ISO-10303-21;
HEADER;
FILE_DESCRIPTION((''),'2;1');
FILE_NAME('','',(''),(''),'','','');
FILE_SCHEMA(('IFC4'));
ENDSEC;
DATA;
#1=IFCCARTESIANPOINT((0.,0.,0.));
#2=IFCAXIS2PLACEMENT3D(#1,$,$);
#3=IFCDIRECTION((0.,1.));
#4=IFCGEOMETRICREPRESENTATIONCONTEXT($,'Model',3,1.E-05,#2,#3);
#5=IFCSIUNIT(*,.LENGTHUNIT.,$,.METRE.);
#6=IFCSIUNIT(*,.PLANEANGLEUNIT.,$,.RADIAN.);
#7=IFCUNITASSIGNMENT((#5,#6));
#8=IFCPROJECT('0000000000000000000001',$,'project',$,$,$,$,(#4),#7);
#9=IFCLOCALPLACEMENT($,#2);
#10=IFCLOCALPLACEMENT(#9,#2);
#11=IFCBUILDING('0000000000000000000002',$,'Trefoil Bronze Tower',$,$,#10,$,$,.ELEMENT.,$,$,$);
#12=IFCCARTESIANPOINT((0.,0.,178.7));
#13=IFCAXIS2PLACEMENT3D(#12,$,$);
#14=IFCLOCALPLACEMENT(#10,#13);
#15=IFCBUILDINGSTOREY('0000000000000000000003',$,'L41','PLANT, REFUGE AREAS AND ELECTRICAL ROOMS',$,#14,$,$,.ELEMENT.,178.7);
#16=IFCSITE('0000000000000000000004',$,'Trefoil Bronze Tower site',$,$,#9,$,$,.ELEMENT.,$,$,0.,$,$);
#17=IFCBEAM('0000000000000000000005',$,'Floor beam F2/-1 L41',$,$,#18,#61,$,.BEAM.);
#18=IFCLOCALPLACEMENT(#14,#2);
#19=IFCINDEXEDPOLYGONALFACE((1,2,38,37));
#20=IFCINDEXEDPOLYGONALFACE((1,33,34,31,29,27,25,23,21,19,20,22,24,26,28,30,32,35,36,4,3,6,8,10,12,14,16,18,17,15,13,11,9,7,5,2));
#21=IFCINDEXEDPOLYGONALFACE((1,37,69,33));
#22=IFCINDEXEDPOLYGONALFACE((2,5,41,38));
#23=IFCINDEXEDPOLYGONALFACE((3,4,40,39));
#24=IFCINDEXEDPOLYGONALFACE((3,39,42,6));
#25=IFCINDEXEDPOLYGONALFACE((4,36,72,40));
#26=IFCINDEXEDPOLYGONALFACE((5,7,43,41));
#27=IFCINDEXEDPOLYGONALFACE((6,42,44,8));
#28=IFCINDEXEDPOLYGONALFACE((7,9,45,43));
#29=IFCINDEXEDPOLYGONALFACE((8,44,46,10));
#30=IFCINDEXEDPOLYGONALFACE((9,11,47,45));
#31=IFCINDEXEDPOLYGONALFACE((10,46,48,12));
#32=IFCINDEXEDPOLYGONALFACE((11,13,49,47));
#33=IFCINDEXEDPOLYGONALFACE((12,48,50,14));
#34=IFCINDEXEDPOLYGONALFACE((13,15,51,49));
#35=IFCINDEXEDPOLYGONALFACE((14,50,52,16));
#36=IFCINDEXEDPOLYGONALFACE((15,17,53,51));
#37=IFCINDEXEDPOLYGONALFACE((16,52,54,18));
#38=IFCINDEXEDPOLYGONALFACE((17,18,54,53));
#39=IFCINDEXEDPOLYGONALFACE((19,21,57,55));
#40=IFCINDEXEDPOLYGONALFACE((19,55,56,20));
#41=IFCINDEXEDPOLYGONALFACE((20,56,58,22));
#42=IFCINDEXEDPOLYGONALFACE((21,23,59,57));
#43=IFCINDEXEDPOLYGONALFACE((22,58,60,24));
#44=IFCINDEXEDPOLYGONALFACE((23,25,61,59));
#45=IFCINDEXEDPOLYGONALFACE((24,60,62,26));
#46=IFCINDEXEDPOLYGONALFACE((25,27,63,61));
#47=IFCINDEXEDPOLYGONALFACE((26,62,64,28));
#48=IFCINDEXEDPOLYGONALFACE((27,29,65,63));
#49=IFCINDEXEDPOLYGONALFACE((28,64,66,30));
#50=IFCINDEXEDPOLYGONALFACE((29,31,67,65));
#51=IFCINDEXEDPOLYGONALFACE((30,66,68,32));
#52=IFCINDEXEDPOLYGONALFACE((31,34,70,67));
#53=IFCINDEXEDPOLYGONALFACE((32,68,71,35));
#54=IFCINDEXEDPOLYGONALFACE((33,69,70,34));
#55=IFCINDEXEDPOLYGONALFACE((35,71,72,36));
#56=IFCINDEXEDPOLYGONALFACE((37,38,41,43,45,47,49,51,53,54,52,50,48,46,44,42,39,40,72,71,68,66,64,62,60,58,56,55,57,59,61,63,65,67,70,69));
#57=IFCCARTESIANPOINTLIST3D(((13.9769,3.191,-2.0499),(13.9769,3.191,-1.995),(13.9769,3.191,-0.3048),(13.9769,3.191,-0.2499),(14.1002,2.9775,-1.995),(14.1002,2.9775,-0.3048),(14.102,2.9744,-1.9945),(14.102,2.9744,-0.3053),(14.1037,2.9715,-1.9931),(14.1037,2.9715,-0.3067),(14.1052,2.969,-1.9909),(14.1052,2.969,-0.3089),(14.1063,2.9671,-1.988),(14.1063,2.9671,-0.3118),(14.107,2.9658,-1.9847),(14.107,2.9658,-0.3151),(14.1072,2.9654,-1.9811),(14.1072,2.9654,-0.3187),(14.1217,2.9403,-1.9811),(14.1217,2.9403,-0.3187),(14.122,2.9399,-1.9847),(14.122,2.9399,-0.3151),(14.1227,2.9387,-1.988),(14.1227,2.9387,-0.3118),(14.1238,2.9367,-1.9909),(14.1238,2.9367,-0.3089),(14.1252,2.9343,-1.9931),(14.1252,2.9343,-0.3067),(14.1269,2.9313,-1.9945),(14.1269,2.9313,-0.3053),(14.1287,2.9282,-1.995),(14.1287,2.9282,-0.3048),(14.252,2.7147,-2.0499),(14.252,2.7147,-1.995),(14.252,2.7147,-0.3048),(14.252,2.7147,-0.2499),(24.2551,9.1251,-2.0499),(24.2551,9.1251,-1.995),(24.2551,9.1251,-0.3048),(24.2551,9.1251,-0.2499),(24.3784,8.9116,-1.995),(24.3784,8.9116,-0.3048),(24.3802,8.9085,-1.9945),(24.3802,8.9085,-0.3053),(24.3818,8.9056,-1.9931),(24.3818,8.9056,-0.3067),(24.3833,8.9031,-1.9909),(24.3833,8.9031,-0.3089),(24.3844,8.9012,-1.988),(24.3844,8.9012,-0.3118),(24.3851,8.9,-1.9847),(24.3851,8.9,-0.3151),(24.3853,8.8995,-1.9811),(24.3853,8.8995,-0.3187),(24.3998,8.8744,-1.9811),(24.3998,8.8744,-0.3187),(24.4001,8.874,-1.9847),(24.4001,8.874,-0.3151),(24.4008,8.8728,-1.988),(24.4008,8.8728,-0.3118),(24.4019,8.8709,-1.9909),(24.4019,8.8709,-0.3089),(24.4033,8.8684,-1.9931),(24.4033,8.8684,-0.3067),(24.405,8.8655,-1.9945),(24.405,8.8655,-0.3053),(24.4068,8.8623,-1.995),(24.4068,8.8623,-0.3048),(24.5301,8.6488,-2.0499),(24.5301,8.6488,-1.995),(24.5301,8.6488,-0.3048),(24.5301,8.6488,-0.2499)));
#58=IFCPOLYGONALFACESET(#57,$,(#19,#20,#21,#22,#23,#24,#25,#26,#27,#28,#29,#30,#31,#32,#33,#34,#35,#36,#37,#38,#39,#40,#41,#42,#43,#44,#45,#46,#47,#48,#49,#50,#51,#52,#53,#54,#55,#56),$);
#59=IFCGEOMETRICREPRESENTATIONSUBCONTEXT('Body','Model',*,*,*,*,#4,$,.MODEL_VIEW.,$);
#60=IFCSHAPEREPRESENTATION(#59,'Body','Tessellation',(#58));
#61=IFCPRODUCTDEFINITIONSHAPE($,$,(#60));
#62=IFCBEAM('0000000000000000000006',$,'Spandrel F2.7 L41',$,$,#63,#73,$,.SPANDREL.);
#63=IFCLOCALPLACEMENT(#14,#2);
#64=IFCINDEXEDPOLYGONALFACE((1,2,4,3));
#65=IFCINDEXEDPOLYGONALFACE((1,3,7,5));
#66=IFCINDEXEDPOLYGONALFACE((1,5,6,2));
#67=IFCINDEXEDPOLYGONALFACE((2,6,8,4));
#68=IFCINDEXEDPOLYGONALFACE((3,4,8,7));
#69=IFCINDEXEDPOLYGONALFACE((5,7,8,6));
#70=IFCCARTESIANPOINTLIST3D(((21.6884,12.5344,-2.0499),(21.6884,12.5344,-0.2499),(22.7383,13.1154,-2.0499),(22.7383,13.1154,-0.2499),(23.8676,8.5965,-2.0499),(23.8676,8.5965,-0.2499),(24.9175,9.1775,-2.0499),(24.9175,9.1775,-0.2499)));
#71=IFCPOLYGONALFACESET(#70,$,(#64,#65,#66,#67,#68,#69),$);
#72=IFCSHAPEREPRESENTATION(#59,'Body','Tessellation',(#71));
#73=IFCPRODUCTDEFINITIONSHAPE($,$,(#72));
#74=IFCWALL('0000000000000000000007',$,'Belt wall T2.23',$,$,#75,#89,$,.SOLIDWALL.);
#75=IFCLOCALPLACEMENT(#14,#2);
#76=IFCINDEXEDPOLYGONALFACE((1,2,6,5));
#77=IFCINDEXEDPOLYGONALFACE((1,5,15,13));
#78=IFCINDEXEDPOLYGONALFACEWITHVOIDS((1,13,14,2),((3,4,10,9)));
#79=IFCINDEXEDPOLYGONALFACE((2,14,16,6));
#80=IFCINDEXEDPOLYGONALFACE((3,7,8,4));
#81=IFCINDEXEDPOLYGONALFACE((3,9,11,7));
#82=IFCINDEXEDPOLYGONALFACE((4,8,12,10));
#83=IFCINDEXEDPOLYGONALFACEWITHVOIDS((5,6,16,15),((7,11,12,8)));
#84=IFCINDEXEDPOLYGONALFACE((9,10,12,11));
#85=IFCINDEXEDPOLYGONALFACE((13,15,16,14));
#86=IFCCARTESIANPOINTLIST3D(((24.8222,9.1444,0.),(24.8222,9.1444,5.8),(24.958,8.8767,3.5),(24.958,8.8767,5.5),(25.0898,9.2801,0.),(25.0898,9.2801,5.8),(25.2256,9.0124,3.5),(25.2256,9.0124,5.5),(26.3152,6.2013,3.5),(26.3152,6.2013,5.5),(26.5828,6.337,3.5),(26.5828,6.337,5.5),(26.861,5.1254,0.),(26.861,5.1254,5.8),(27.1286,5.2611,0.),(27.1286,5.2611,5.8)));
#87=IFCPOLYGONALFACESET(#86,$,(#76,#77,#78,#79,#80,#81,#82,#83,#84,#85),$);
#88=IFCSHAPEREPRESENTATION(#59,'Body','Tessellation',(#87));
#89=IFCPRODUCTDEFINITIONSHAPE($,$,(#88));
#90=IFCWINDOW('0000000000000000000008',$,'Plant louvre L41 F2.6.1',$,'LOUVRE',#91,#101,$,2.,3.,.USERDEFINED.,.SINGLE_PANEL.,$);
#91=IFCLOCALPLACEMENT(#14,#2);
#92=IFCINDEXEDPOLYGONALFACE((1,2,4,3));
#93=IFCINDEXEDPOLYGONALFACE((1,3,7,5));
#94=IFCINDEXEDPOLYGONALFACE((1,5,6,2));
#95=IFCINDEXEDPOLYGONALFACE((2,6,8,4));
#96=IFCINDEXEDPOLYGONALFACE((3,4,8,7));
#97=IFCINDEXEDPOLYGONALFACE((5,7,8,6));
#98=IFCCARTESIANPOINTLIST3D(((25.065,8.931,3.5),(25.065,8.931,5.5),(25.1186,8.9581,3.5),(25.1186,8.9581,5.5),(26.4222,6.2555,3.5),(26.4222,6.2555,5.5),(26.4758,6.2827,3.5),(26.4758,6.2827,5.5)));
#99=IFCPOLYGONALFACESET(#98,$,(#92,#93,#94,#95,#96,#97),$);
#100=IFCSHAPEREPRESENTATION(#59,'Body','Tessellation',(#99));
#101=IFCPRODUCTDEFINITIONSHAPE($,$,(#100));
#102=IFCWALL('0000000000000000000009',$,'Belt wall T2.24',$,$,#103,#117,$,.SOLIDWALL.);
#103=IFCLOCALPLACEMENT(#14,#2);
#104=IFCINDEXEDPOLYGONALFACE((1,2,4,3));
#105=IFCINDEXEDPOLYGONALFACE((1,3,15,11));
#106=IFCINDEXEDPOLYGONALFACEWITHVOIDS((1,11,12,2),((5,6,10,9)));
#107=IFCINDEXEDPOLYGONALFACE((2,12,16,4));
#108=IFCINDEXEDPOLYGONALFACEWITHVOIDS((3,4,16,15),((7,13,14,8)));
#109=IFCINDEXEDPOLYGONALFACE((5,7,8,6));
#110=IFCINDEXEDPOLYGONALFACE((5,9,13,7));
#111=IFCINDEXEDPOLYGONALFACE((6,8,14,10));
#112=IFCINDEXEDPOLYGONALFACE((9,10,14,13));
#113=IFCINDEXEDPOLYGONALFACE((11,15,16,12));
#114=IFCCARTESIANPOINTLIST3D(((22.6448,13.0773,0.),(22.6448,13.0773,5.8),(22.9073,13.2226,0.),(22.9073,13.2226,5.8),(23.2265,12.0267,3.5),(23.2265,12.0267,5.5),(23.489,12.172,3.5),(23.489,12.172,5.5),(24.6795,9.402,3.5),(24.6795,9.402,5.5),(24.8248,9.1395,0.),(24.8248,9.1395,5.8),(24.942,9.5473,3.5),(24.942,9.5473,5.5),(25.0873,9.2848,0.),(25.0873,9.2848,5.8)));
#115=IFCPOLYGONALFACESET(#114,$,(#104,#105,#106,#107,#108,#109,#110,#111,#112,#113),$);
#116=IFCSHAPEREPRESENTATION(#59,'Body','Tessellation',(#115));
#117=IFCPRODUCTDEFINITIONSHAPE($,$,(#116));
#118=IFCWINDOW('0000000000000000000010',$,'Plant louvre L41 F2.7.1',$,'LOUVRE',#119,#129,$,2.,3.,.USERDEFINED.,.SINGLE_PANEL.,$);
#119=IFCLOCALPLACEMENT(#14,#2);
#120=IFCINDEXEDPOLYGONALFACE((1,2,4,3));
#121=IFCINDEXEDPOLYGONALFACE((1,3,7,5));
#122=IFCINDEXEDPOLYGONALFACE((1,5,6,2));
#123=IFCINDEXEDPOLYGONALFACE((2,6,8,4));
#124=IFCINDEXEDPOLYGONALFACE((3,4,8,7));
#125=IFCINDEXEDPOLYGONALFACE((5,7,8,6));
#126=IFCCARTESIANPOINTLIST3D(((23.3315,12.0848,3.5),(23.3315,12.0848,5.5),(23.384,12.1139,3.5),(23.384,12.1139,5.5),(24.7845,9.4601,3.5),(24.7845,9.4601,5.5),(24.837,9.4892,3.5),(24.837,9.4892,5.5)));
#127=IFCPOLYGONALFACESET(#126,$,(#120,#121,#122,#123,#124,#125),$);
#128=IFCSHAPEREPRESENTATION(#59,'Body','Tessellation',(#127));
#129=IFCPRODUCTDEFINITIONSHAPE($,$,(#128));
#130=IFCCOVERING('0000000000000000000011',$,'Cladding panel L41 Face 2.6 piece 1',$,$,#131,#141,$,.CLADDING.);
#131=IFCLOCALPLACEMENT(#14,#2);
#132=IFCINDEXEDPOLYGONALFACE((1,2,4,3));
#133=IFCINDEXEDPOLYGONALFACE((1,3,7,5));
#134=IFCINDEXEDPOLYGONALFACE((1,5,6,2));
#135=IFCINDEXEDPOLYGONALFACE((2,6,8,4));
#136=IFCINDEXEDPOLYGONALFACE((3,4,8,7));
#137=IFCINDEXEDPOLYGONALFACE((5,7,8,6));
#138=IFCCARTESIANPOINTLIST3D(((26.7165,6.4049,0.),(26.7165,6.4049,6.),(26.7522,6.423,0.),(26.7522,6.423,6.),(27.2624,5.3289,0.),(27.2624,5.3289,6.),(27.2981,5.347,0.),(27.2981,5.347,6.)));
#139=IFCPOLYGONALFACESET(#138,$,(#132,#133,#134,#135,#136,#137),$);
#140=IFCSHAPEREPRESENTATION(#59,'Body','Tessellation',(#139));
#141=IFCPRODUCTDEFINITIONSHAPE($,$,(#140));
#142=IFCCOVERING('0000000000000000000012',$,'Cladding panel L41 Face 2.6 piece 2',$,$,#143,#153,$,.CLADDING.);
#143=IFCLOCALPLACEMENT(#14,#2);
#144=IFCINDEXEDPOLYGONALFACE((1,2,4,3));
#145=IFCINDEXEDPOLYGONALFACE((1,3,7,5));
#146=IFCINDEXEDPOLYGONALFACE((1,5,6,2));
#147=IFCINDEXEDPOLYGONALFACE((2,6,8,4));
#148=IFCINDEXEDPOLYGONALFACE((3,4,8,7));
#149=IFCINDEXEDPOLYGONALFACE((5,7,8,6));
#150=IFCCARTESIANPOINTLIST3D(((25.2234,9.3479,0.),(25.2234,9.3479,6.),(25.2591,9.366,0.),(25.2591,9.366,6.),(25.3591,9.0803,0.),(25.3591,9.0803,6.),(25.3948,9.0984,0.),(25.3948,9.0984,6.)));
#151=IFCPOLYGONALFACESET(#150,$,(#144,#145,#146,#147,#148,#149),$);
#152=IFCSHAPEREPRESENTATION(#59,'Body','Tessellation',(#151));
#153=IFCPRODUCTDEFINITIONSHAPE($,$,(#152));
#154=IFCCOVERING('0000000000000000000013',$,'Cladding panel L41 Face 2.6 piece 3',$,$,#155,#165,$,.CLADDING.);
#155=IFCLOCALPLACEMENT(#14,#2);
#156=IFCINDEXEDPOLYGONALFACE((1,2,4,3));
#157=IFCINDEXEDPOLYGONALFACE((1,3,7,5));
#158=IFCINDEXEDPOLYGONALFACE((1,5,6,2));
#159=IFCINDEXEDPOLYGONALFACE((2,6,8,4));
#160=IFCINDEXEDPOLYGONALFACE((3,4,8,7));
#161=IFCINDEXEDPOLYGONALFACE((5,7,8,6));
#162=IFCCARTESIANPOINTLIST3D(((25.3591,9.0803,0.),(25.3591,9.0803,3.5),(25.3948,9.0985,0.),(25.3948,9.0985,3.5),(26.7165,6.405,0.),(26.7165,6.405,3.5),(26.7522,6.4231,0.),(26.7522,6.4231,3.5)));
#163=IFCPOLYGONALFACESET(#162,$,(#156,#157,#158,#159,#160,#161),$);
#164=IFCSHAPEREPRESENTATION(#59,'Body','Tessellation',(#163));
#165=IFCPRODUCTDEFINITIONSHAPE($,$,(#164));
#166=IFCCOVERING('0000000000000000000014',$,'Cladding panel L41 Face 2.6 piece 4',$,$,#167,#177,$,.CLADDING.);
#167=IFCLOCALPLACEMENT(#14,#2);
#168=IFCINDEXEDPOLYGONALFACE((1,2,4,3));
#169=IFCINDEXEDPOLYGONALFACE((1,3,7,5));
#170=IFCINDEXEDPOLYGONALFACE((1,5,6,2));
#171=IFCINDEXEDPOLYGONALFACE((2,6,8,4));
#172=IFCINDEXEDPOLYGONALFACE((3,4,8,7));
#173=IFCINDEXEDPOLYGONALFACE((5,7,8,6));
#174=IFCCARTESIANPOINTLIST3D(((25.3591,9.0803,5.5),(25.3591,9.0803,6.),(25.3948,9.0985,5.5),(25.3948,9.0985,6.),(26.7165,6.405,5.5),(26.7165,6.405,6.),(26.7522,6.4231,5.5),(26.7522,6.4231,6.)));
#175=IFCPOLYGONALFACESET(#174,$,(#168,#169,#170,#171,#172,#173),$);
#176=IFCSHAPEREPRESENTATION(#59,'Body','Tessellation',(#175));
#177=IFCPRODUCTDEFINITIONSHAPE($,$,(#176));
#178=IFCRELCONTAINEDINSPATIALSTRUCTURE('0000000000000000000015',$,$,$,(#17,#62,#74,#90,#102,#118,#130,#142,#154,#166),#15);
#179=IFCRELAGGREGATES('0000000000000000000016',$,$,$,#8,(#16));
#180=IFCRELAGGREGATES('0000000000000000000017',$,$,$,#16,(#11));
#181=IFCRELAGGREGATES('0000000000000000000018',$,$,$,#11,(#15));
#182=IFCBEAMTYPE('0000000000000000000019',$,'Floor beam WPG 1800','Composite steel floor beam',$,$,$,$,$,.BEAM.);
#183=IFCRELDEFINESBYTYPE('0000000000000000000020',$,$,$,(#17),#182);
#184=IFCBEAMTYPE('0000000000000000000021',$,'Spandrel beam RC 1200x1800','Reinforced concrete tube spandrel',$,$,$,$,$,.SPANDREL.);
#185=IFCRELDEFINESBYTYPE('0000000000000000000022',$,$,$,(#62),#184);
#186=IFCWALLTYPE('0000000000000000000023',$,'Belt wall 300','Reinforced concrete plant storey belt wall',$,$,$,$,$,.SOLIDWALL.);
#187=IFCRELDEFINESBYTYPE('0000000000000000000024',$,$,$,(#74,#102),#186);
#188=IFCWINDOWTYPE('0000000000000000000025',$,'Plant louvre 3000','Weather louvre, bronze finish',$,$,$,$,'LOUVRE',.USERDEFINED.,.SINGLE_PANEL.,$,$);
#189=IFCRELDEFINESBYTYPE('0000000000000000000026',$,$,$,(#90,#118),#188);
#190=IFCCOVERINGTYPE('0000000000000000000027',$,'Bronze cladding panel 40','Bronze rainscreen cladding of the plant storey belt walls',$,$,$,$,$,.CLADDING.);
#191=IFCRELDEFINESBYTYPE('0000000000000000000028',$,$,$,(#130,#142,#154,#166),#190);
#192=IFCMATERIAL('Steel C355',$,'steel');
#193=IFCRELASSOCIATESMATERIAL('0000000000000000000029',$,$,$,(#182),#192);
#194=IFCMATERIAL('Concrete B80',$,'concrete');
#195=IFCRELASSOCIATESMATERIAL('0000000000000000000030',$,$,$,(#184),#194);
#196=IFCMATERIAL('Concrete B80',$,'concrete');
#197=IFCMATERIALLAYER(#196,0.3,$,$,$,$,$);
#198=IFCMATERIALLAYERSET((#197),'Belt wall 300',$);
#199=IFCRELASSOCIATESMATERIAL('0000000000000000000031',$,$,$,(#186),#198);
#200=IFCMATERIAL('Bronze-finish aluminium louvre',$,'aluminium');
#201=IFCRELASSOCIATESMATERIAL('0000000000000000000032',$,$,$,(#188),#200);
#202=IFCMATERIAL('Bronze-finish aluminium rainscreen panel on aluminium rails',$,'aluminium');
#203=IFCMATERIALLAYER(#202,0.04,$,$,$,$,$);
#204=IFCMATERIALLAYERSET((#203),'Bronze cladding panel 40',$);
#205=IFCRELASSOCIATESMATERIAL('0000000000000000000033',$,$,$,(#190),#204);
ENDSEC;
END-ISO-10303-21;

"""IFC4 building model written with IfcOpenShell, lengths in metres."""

from ifc_helpers import new_model, si_unit, direction, frame, frame_2d, origin, origin_2d, place, context, subcontext, project, spatial, rectangle, i_section, extrude, material, layer, layer_set, material_profile, profile_set, type_object, element, fill, save


model = new_model("IFC4")

# Units and contexts
model_context = context("Model", 3, precision=1e-05, world=origin(), true_north=direction((0.0, 1.0)))
body_context = subcontext(model_context, "Body", "Model", "MODEL_VIEW")
ifc_project = project(units=[si_unit("LENGTHUNIT", "METRE"), si_unit("PLANEANGLEUNIT", "RADIAN")], contexts=[model_context])

# Site, building, storey
site_placement = place(None, origin())
site = spatial("IfcSite", under=ifc_project, at=site_placement, Name="Trefoil Bronze Tower site", CompositionType="ELEMENT", RefElevation=0.0)
building_placement = place(site_placement, origin())
building = spatial("IfcBuilding", under=site, at=building_placement, Name="Trefoil Bronze Tower", CompositionType="ELEMENT")
storey_placement = place(building_placement, frame((0.0, 0.0, 178.7)))
storey = spatial("IfcBuildingStorey", under=building, at=storey_placement, Name="L41", Description="PLANT, REFUGE AREAS AND ELECTRICAL ROOMS", CompositionType="ELEMENT", Elevation=178.7)

# Beams
ifc_material_1 = material(Name="Steel C355", Category="steel")
ifc_material_profile_1 = material_profile(ifc_material_1, i_section(OverallWidth=0.55, OverallDepth=1.8, WebThickness=0.0291, FlangeThickness=0.0549, FilletRadius=0.0139, at=origin_2d()), Name="WPG 1800")
ifc_profile_set_1 = profile_set([ifc_material_profile_1], Name="Steel C355")
beam_type_1 = type_object("IfcBeamType", Name="Floor beam WPG 1800", Description="Composite steel floor beam", PredefinedType="BEAM", material=ifc_profile_set_1)
beam_1_placement = place(storey_placement, frame((24.3926, 8.887, -1.1499), z_axis=(-0.866024, -0.500002, 0.0), x_axis=(0.500002, -0.866024, 0.0)))
element("IfcBeam", 1, at=beam_1_placement, inside=storey, type_object=beam_type_1, Name="Floor beam F2/-1 L41", PredefinedType="BEAM", context=body_context, shape_type="SweptSolid", body=[
    extrude(i_section(OverallWidth=0.55, OverallDepth=1.8, WebThickness=0.0291, FlangeThickness=0.0549, FilletRadius=0.0139, at=origin_2d()), origin(), (0.0, 0.0, 1.0), 11.8682),
])
ifc_material_2 = material(Name="Concrete B80", Category="concrete")
ifc_material_profile_2 = material_profile(ifc_material_2, rectangle(XDim=1.2, YDim=1.8, at=origin_2d()), Name="RC 1200x1800")
ifc_profile_set_2 = profile_set([ifc_material_profile_2], Name="Concrete B80")
beam_type_2 = type_object("IfcBeamType", Name="Spandrel beam RC 1200x1800", Description="Reinforced concrete tube spandrel", PredefinedType="SPANDREL", material=ifc_profile_set_2)
beam_2_placement = place(storey_placement, frame((24.3926, 8.887, -1.1499), z_axis=(-0.484187, 0.874965, 0.0), x_axis=(-0.874965, -0.484187, 0.0)))
element("IfcBeam", 2, at=beam_2_placement, inside=storey, type_object=beam_type_2, Name="Spandrel F2.7 L41", PredefinedType="SPANDREL", context=body_context, shape_type="SweptSolid", body=[
    extrude(rectangle(XDim=1.2, YDim=1.8, at=origin_2d()), origin(), (0.0, 0.0, 1.0), 4.5007),
])

# Walls, openings, windows
ifc_material_3 = material(Name="Concrete B80", Category="concrete")
ifc_layer_1 = layer(ifc_material_3, 0.3)
ifc_layer_set_1 = layer_set([ifc_layer_1], Name="Belt wall 300")
wall_type = type_object("IfcWallType", Name="Belt wall 300", Description="Reinforced concrete plant storey belt wall", PredefinedType="SOLIDWALL", material=ifc_layer_set_1)
wall_1_placement = place(storey_placement, frame((26.9949, 5.1931, 0.0), z_axis=(0.0, 0.0, 1.0), x_axis=(-0.452407, 0.891812, 0.0)))
wall_1 = element("IfcWall", 3, at=wall_1_placement, inside=storey, type_object=wall_type, Name="Belt wall T2.23", PredefinedType="SOLIDWALL", context=body_context, shape_type="SweptSolid", body=[
    extrude(rectangle(XDim=4.5066, YDim=0.3, at=frame_2d((2.2534, 0.0))), origin(), (0.0, 0.0, 1.0), 5.8),
])
opening_1_placement = place(wall_1_placement, frame((1.2065, 0.0, 3.5)))
opening_1 = element("IfcOpeningElement", 4, at=opening_1_placement, cuts=wall_1, PredefinedType="OPENING", context=body_context, shape_type="SweptSolid", body=[
    extrude(rectangle(XDim=3.0, YDim=2.0, at=frame_2d((1.5, 1.0))), frame((0.0, 0.1599, 0.0), z_axis=(0.0, -1.0, 0.0), x_axis=(1.0, 0.0, 0.0)), (0.0, 0.0, 1.0), 0.3201),
])
ifc_material_4 = material(Name="Bronze-finish aluminium louvre", Category="aluminium")
window_type = type_object("IfcWindowType", Name="Plant louvre 3000", Description="Weather louvre, bronze finish", ElementType="LOUVRE", PartitioningType="SINGLE_PANEL", PredefinedType="USERDEFINED", material=ifc_material_4)
window_1_placement = place(opening_1_placement, origin())
window_1 = element("IfcWindow", 5, at=window_1_placement, inside=storey, type_object=window_type, Name="Plant louvre L41 F2.6.1", ObjectType="LOUVRE", OverallHeight=2.0, OverallWidth=3.0, PartitioningType="SINGLE_PANEL", PredefinedType="USERDEFINED", context=body_context, shape_type="SweptSolid", body=[
    extrude(rectangle(XDim=3.0, YDim=2.0, at=frame_2d((1.5, 1.0))), frame((0.0, 0.03, 0.0), z_axis=(0.0, -1.0, 0.0), x_axis=(1.0, 0.0, 0.0)), (0.0, 0.0, 1.0), 0.0601),
])
fill(opening_1, window_1)
wall_2_placement = place(storey_placement, frame((24.9561, 9.2122, 0.0), z_axis=(0.0, 0.0, 1.0), x_axis=(-0.484334, 0.874883, 0.0)))
wall_2 = element("IfcWall", 6, at=wall_2_placement, inside=storey, type_object=wall_type, Name="Belt wall T2.24", PredefinedType="SOLIDWALL", context=body_context, shape_type="SweptSolid", body=[
    extrude(rectangle(XDim=4.501, YDim=0.3, at=frame_2d((2.2505, 0.0))), origin(), (0.0, 0.0, 1.0), 5.8),
])
opening_2_placement = place(wall_2_placement, frame((0.3, 0.0, 3.5)))
opening_2 = element("IfcOpeningElement", 7, at=opening_2_placement, cuts=wall_2, PredefinedType="OPENING", context=body_context, shape_type="SweptSolid", body=[
    extrude(rectangle(XDim=3.0, YDim=2.0, at=frame_2d((1.5, 1.0))), frame((0.0, 0.1599, 0.0), z_axis=(0.0, -1.0, 0.0), x_axis=(1.0, 0.0, 0.0)), (0.0, 0.0, 1.0), 0.3201),
])
window_2_placement = place(opening_2_placement, origin())
window_2 = element("IfcWindow", 8, at=window_2_placement, inside=storey, type_object=window_type, Name="Plant louvre L41 F2.7.1", ObjectType="LOUVRE", OverallHeight=2.0, OverallWidth=3.0, PartitioningType="SINGLE_PANEL", PredefinedType="USERDEFINED", context=body_context, shape_type="SweptSolid", body=[
    extrude(rectangle(XDim=3.0, YDim=2.0, at=frame_2d((1.5, 1.0))), frame((0.0, 0.03, 0.0), z_axis=(0.0, -1.0, 0.0), x_axis=(1.0, 0.0, 0.0)), (0.0, 0.0, 1.0), 0.0601),
])
fill(opening_2, window_2)

# Coverings
ifc_material_5 = material(Name="Bronze-finish aluminium rainscreen panel on aluminium rails", Category="aluminium")
ifc_layer_2 = layer(ifc_material_5, 0.04)
ifc_layer_set_2 = layer_set([ifc_layer_2], Name="Bronze cladding panel 40")
covering_type_1 = type_object("IfcCoveringType", Name="Bronze cladding panel 40", Description="Bronze rainscreen cladding of the plant storey belt walls", PredefinedType="CLADDING", material=ifc_layer_set_2)
covering_1_placement = place(storey_placement, frame((27.0073, 5.876, 0.0), z_axis=(0.0, 0.0, 1.0), x_axis=(-0.452449, 0.89179, 0.0)))
element("IfcCovering", 9, at=covering_1_placement, inside=storey, type_object=covering_type_1, Name="Cladding panel L41 Face 2.6 piece 1", PredefinedType="CLADDING", context=body_context, shape_type="SweptSolid", body=[
    extrude(rectangle(XDim=1.2065, YDim=0.04, at=origin_2d()), origin(), (0.0, 0.0, 1.0), 6.0),
])
covering_2_placement = place(storey_placement, frame((25.3091, 9.2231, 0.0), z_axis=(0.0, 0.0, 1.0), x_axis=(-0.452449, 0.89179, 0.0)))
element("IfcCovering", 10, at=covering_2_placement, inside=storey, type_object=covering_type_1, Name="Cladding panel L41 Face 2.6 piece 2", PredefinedType="CLADDING", context=body_context, shape_type="SweptSolid", body=[
    extrude(rectangle(XDim=0.3, YDim=0.04, at=origin_2d()), origin(), (0.0, 0.0, 1.0), 6.0),
])
covering_3_placement = place(storey_placement, frame((26.0557, 7.7517, 0.0), z_axis=(0.0, 0.0, 1.0), x_axis=(-0.452449, 0.89179, 0.0)))
element("IfcCovering", 11, at=covering_3_placement, inside=storey, type_object=covering_type_1, Name="Cladding panel L41 Face 2.6 piece 3", PredefinedType="CLADDING", context=body_context, shape_type="SweptSolid", body=[
    extrude(rectangle(XDim=3.0, YDim=0.04, at=origin_2d()), origin(), (0.0, 0.0, 1.0), 3.5),
])
covering_4_placement = place(storey_placement, frame((26.0557, 7.7517, 5.5), z_axis=(0.0, 0.0, 1.0), x_axis=(-0.452449, 0.89179, 0.0)))
element("IfcCovering", 12, at=covering_4_placement, inside=storey, type_object=covering_type_1, Name="Cladding panel L41 Face 2.6 piece 4", PredefinedType="CLADDING", context=body_context, shape_type="SweptSolid", body=[
    extrude(rectangle(XDim=3.0, YDim=0.04, at=origin_2d()), origin(), (0.0, 0.0, 1.0), 0.5),
])

save(model, "model.ifc")
